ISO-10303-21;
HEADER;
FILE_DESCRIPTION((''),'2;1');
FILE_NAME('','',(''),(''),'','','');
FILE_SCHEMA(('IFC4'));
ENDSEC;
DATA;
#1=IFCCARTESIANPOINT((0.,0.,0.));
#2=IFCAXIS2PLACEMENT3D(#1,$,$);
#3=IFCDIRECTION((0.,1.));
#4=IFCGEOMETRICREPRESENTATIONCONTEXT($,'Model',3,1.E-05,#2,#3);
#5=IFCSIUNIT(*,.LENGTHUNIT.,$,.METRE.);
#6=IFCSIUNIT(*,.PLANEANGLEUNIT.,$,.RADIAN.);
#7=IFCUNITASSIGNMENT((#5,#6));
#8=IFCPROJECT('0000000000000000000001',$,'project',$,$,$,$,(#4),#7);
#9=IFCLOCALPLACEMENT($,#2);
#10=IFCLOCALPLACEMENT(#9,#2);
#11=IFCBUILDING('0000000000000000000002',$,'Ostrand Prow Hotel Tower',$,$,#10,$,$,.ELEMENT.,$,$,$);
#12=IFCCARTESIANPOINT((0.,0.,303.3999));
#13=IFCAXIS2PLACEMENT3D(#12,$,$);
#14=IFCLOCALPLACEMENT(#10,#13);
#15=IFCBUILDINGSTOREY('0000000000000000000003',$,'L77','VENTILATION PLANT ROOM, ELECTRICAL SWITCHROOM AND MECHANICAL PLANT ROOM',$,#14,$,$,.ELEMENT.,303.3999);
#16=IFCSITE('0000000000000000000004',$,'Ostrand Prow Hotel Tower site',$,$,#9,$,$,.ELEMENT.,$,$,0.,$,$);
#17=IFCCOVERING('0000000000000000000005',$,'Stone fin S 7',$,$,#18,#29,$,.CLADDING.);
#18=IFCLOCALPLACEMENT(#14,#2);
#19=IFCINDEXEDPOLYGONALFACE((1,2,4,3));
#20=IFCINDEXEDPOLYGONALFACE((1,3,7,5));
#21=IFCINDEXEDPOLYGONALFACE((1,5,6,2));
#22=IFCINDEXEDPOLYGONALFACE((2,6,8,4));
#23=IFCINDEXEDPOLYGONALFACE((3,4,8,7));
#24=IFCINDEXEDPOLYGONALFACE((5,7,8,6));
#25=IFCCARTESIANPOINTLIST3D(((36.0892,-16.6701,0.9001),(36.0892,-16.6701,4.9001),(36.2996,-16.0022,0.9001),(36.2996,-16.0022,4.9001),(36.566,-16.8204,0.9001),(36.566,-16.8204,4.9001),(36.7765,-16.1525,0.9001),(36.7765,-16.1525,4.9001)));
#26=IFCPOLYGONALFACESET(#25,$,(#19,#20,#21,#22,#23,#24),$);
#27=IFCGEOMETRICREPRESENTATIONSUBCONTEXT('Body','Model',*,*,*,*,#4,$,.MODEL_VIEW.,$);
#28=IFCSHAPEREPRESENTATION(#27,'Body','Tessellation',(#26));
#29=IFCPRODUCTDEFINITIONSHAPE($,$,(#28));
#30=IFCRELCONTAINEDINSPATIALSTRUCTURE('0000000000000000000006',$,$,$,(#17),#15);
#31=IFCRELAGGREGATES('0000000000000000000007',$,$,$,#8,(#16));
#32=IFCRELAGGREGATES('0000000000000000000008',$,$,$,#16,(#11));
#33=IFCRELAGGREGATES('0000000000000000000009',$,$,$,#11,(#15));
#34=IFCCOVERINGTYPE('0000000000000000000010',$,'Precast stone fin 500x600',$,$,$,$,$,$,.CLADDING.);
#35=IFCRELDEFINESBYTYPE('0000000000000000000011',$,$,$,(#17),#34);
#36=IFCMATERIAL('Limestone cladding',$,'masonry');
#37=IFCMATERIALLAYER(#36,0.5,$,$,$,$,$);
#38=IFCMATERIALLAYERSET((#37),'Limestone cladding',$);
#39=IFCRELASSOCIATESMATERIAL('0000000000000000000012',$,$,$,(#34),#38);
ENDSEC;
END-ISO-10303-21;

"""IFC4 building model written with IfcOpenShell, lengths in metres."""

from ifc_helpers import new_model, si_unit, direction, frame, frame_2d, origin, place, context, subcontext, project, spatial, rectangle, extrude, material, layer, layer_set, type_object, element, save


model = new_model("IFC4")

# Units and contexts
model_context = context("Model", 3, precision=1e-05, world=origin(), true_north=direction((0.0, 1.0)))
body_context = subcontext(model_context, "Body", "Model", "MODEL_VIEW")
ifc_project = project(units=[si_unit("LENGTHUNIT", "METRE"), si_unit("PLANEANGLEUNIT", "RADIAN")], contexts=[model_context])

# Site, building, storey
site_placement = place(None, origin())
site = spatial("IfcSite", under=ifc_project, at=site_placement, Name="Ostrand Prow Hotel Tower site", CompositionType="ELEMENT", RefElevation=0.0)
building_placement = place(site_placement, origin())
building = spatial("IfcBuilding", under=site, at=building_placement, Name="Ostrand Prow Hotel Tower", CompositionType="ELEMENT")
storey_placement = place(building_placement, frame((0.0, 0.0, 303.3999)))
storey = spatial("IfcBuildingStorey", under=building, at=storey_placement, Name="L77", Description="VENTILATION PLANT ROOM, ELECTRICAL SWITCHROOM AND MECHANICAL PLANT ROOM", CompositionType="ELEMENT", Elevation=303.3999)

# Covering
ifc_material_1 = material(Name="Limestone cladding", Category="masonry")
ifc_layer_1 = layer(ifc_material_1, 0.5)
ifc_layer_set_1 = layer_set([ifc_layer_1], Name="Limestone cladding")
covering_type = type_object("IfcCoveringType", Name="Precast stone fin 500x600", PredefinedType="CLADDING", material=ifc_layer_set_1)
covering_placement = place(storey_placement, frame((36.5381, -16.0774, 0.9001), z_axis=(0.0, 0.0, 1.0), x_axis=(-0.300597, -0.953751, 0.0)))
element("IfcCovering", 1, at=covering_placement, inside=storey, type_object=covering_type, Name="Stone fin S 7", PredefinedType="CLADDING", context=body_context, shape_type="SweptSolid", body=[
    extrude(rectangle(XDim=0.7002, YDim=0.5, at=frame_2d((0.3501, 0.0))), origin(), (0.0, 0.0, 1.0), 4.0),
])

save(model, "model.ifc")
